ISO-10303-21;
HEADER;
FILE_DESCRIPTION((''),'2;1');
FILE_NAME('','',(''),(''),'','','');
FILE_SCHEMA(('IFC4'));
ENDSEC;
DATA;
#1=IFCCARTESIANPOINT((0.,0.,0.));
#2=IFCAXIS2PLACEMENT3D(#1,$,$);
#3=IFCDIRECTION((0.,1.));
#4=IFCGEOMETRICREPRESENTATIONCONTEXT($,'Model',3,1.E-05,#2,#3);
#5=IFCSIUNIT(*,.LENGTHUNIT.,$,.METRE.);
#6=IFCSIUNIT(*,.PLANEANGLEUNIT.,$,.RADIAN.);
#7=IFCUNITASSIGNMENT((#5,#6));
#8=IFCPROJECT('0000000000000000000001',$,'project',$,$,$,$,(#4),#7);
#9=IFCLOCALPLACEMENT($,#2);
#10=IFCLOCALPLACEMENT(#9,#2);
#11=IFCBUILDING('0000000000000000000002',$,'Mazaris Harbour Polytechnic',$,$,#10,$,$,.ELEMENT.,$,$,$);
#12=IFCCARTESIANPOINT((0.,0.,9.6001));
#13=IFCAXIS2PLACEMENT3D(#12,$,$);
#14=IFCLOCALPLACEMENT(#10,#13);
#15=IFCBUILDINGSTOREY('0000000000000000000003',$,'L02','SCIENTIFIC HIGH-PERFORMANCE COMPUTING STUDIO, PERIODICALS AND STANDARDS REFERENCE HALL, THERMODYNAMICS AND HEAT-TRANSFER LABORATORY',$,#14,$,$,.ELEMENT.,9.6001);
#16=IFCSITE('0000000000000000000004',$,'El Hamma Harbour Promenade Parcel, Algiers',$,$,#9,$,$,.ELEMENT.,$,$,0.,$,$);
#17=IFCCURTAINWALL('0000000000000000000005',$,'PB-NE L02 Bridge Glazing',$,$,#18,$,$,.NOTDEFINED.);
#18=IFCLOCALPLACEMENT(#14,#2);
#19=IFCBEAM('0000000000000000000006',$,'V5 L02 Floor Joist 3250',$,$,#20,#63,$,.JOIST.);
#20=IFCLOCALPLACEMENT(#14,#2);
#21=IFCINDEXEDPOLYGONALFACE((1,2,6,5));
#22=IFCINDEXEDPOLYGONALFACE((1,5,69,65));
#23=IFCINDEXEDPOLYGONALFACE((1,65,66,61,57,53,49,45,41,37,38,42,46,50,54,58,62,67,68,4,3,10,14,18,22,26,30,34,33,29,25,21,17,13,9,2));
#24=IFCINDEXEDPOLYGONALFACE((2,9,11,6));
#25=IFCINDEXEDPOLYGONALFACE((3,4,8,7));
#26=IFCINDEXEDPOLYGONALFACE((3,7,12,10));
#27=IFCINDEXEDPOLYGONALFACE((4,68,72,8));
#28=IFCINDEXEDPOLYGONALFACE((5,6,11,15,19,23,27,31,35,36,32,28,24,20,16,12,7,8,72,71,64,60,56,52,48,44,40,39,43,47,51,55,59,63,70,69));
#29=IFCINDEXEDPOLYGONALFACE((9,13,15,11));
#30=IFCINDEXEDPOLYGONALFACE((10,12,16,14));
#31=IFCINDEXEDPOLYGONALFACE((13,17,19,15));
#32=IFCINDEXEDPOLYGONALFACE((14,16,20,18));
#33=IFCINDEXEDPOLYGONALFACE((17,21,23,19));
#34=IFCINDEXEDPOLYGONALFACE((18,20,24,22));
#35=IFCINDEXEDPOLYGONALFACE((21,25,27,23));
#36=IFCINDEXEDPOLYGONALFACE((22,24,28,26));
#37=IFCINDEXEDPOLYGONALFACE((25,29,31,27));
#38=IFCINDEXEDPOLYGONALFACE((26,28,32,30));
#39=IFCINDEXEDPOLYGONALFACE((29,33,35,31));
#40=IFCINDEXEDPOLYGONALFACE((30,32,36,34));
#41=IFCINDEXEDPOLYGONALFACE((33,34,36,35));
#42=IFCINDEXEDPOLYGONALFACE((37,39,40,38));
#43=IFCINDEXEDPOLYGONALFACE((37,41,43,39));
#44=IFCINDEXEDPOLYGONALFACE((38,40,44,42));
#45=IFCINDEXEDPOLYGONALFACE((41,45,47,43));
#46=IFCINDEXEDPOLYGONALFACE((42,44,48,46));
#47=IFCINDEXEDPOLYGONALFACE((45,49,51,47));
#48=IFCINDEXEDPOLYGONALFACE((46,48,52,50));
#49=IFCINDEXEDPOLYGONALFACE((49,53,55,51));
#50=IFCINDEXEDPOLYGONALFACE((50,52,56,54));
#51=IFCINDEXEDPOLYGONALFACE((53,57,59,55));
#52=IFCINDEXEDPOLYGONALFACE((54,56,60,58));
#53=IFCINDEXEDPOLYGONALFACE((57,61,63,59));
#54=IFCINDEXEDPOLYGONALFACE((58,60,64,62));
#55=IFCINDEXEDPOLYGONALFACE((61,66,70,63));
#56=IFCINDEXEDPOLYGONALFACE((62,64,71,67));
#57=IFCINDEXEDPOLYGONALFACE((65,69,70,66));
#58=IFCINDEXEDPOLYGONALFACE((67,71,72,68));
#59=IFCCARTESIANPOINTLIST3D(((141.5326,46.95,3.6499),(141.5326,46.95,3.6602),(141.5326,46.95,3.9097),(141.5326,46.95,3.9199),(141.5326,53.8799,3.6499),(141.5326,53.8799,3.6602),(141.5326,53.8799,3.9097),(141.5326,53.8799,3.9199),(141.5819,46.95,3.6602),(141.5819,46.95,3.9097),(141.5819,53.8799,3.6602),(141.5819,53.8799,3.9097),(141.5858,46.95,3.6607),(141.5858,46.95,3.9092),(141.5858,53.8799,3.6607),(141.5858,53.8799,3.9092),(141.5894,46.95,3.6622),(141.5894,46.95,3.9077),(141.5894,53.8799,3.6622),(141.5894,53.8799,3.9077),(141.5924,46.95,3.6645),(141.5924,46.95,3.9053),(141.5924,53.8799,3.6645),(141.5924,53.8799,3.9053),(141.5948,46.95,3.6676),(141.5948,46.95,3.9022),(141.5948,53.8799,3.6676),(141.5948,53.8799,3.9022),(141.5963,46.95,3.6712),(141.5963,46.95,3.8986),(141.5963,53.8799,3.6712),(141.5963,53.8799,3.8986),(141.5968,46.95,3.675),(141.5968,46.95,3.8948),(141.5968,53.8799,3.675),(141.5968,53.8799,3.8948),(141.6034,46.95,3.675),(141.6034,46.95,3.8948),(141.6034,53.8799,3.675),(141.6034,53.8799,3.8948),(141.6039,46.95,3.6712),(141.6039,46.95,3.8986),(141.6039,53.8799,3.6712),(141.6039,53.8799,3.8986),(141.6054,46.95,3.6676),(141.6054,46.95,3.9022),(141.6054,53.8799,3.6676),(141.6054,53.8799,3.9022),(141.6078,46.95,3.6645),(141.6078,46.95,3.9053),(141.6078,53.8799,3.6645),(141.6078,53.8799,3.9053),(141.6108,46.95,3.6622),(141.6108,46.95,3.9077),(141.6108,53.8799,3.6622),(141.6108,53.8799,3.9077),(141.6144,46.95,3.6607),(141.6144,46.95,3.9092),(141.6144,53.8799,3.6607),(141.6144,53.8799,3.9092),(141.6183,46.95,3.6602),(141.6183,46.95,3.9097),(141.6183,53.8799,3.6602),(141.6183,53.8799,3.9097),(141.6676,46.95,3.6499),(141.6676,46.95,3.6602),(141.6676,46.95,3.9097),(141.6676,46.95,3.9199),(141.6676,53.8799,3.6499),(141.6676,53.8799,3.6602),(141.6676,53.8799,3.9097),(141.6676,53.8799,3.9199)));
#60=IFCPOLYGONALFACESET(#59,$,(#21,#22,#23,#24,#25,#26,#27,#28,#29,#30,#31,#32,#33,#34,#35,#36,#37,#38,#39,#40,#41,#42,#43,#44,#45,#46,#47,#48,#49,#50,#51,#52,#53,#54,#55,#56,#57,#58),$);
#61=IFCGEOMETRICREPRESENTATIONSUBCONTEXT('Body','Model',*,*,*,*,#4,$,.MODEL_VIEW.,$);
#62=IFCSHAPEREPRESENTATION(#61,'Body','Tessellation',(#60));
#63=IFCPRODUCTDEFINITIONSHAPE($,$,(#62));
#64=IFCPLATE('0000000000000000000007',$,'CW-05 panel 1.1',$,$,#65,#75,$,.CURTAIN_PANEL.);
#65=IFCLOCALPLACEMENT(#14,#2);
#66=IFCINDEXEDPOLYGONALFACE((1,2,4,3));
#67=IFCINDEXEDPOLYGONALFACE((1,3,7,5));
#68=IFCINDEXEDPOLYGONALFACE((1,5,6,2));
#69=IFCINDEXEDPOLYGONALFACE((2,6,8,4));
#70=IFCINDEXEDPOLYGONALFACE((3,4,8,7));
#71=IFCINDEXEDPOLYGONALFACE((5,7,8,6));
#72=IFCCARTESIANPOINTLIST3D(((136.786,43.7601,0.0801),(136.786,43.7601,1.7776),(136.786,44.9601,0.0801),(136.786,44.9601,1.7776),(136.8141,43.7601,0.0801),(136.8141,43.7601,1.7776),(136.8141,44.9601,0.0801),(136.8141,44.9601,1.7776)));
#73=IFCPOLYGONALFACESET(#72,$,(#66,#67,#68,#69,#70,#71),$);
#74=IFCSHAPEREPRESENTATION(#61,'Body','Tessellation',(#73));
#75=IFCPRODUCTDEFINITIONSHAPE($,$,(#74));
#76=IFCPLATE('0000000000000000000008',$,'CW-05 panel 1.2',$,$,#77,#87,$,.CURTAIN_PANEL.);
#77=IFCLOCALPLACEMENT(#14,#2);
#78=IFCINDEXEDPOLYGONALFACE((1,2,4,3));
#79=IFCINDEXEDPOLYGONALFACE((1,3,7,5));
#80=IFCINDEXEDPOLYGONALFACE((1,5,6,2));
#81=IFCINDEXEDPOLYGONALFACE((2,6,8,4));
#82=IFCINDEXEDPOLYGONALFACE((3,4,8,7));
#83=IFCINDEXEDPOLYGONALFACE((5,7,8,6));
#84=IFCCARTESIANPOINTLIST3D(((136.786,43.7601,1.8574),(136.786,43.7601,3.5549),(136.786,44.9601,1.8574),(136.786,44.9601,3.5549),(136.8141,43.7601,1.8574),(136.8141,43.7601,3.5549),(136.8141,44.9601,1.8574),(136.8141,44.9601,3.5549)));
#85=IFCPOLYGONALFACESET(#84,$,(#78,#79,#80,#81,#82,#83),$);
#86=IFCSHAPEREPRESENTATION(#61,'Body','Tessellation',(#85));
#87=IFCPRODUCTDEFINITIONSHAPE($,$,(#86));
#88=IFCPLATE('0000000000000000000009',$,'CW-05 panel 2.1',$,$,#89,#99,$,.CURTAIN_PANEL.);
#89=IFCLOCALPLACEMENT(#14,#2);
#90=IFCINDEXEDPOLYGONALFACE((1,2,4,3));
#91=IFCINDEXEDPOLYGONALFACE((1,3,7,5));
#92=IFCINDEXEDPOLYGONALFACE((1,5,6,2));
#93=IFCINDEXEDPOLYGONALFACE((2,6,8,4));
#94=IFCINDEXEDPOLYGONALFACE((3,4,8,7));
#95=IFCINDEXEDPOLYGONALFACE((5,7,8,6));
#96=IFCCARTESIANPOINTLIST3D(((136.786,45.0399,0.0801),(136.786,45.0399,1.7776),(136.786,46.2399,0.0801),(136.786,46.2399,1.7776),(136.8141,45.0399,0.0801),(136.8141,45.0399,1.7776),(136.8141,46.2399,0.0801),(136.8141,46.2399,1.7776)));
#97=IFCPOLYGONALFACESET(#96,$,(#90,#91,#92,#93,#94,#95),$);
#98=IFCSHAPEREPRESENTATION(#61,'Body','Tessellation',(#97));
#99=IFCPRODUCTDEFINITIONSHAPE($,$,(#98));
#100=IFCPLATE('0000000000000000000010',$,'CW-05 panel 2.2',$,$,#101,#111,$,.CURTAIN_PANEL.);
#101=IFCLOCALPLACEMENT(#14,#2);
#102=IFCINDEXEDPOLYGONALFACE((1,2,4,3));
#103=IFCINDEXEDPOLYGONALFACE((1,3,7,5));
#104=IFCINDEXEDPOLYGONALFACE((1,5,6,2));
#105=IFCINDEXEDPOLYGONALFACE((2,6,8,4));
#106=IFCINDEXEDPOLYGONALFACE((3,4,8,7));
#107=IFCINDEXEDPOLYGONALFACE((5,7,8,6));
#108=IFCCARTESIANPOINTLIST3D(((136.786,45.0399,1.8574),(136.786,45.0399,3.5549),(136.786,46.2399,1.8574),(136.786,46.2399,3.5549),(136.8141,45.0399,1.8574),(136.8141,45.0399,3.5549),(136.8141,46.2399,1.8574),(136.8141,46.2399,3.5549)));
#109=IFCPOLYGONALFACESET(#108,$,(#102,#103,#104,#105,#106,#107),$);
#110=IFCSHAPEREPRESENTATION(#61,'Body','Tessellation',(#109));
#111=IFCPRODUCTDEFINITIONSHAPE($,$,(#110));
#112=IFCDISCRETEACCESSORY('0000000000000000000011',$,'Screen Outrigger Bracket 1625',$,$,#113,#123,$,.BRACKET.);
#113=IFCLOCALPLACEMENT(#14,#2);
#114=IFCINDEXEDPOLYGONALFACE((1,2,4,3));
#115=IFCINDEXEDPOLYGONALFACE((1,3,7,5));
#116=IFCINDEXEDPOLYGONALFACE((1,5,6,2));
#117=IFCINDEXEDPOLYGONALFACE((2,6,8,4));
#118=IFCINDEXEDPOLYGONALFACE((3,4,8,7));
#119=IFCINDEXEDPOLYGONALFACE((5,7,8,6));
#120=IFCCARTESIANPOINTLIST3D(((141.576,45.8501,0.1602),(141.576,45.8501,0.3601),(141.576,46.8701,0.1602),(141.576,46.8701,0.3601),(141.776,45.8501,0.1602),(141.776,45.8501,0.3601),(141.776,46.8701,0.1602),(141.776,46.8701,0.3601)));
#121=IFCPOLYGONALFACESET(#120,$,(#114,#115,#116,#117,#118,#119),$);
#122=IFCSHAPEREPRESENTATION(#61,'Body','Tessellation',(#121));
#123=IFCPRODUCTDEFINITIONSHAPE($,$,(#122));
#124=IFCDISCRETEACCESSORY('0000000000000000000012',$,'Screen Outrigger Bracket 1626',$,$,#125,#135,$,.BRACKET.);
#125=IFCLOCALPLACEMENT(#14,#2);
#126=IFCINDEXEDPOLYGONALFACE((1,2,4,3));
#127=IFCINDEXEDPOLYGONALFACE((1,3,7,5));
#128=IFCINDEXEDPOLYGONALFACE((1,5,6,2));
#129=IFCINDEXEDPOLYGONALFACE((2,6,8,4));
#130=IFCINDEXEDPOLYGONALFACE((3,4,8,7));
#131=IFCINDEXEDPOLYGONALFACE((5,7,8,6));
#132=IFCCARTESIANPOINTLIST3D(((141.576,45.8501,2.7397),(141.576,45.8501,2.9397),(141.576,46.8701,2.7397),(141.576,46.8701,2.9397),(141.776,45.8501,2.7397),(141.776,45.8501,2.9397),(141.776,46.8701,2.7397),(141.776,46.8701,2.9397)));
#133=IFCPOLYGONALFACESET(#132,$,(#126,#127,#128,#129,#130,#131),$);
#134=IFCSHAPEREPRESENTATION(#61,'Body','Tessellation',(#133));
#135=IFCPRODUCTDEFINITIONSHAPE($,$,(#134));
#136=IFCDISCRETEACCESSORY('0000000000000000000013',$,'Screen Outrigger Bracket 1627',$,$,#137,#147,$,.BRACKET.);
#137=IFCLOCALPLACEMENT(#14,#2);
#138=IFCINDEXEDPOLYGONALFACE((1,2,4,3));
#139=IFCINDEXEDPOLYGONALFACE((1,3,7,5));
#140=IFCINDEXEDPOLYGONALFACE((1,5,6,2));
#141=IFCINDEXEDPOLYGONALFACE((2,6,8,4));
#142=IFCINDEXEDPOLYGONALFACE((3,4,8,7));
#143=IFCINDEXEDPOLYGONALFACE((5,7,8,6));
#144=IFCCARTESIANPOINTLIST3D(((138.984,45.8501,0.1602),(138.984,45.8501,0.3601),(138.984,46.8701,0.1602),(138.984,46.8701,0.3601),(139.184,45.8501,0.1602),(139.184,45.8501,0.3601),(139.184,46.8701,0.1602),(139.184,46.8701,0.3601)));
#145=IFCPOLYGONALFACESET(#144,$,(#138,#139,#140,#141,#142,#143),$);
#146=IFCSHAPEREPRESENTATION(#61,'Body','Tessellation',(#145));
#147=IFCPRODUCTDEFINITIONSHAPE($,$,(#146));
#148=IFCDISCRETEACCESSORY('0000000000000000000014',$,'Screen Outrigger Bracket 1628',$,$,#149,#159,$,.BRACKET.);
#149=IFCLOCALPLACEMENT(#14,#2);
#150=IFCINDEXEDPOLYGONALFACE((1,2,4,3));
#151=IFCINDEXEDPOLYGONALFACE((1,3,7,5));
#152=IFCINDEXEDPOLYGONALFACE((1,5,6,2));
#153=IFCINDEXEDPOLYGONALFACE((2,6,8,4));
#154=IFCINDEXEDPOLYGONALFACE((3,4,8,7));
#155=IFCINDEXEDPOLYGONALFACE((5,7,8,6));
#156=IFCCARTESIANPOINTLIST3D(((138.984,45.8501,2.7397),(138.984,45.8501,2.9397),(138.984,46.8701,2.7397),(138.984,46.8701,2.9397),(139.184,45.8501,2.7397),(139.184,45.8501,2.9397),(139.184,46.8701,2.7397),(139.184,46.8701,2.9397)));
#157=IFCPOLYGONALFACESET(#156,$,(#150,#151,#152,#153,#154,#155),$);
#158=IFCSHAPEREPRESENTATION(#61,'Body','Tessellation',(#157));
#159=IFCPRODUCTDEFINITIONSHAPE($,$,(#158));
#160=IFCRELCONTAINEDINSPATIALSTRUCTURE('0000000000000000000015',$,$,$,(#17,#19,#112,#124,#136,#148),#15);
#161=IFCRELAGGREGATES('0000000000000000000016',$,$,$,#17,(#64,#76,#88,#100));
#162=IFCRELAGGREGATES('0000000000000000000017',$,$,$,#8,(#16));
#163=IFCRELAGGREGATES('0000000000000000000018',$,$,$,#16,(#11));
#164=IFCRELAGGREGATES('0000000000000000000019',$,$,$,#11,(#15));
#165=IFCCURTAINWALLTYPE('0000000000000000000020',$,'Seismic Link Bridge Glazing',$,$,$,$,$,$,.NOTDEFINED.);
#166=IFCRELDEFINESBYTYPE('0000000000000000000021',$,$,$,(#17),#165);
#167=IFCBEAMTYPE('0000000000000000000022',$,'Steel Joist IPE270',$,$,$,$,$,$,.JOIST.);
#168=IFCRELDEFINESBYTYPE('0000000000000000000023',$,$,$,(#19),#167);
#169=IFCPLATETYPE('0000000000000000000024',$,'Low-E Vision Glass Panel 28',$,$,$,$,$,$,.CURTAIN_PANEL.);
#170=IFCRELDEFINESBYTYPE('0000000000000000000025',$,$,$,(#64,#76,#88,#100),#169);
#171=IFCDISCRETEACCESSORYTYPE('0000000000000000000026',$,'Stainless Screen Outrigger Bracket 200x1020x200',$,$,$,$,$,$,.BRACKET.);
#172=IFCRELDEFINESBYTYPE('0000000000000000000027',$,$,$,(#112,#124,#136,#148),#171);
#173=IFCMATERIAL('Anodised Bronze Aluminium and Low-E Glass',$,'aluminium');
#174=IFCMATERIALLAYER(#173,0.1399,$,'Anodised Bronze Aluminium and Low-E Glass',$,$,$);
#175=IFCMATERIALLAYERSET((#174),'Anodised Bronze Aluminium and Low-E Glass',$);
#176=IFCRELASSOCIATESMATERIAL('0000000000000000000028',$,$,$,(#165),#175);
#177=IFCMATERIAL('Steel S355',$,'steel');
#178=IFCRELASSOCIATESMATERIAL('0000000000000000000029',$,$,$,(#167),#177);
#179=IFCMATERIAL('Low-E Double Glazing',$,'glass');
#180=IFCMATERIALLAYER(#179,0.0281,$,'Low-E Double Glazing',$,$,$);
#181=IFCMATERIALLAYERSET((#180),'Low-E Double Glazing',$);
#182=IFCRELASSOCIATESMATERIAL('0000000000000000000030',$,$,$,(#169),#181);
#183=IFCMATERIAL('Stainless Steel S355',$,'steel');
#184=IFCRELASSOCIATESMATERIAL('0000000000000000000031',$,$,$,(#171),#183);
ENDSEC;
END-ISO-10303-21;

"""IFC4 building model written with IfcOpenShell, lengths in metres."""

from ifc_helpers import new_model, si_unit, direction, frame, origin, origin_2d, place, context, subcontext, project, spatial, rectangle, i_section, extrude, material, layer, layer_set, material_profile, profile_set, type_object, element, aggregate, save


model = new_model("IFC4")

# Units and contexts
model_context = context("Model", 3, precision=1e-05, world=origin(), true_north=direction((0.0, 1.0)))
body_context = subcontext(model_context, "Body", "Model", "MODEL_VIEW")
ifc_project = project(units=[si_unit("LENGTHUNIT", "METRE"), si_unit("PLANEANGLEUNIT", "RADIAN")], contexts=[model_context])

# Site, building, storey
site_placement = place(None, origin())
site = spatial("IfcSite", under=ifc_project, at=site_placement, Name="El Hamma Harbour Promenade Parcel, Algiers", CompositionType="ELEMENT", RefElevation=0.0)
building_placement = place(site_placement, origin())
building = spatial("IfcBuilding", under=site, at=building_placement, Name="Mazaris Harbour Polytechnic", CompositionType="ELEMENT")
storey_placement = place(building_placement, frame((0.0, 0.0, 9.6001)))
storey = spatial("IfcBuildingStorey", under=building, at=storey_placement, Name="L02", Description="SCIENTIFIC HIGH-PERFORMANCE COMPUTING STUDIO, PERIODICALS AND STANDARDS REFERENCE HALL, THERMODYNAMICS AND HEAT-TRANSFER LABORATORY", CompositionType="ELEMENT", Elevation=9.6001)

# Curtain wall
ifc_material_1 = material(Name="Anodised Bronze Aluminium and Low-E Glass", Category="aluminium")
ifc_layer_1 = layer(ifc_material_1, 0.1399, Name="Anodised Bronze Aluminium and Low-E Glass")
ifc_layer_set_1 = layer_set([ifc_layer_1], Name="Anodised Bronze Aluminium and Low-E Glass")
curtain_wall_type = type_object("IfcCurtainWallType", Name="Seismic Link Bridge Glazing", PredefinedType="NOTDEFINED", material=ifc_layer_set_1)
curtain_wall_placement = place(storey_placement, origin())
curtain_wall = element("IfcCurtainWall", 1, at=curtain_wall_placement, inside=storey, type_object=curtain_wall_type, Name="PB-NE L02 Bridge Glazing", PredefinedType="NOTDEFINED")

# Beam
ifc_material_2 = material(Name="Steel S355", Category="steel")
ifc_material_profile_1 = material_profile(ifc_material_2, i_section(OverallWidth=0.135, OverallDepth=0.27, WebThickness=0.0066, FlangeThickness=0.0103, FilletRadius=0.0149, at=origin_2d()), Name="IPE 270")
ifc_profile_set_1 = profile_set([ifc_material_profile_1], Name="Steel S355")
beam_type_1 = type_object("IfcBeamType", Name="Steel Joist IPE270", PredefinedType="JOIST", material=ifc_profile_set_1)
beam_1_placement = place(storey_placement, frame((141.6001, 46.95, 3.7849), z_axis=(0.0, 1.0, 0.0), x_axis=(-1.0, 0.0, 0.0)))
element("IfcBeam", 2, at=beam_1_placement, inside=storey, type_object=beam_type_1, Name="V5 L02 Floor Joist 3250", PredefinedType="JOIST", context=body_context, shape_type="SweptSolid", body=[
    extrude(i_section(OverallWidth=0.135, OverallDepth=0.27, WebThickness=0.0066, FlangeThickness=0.0103, FilletRadius=0.0149, at=origin_2d()), origin(), (0.0, 0.0, 1.0), 6.9299),
])

# Plates
ifc_material_3 = material(Name="Low-E Double Glazing", Category="glass")
ifc_layer_2 = layer(ifc_material_3, 0.0281, Name="Low-E Double Glazing")
ifc_layer_set_2 = layer_set([ifc_layer_2], Name="Low-E Double Glazing")
plate_type = type_object("IfcPlateType", Name="Low-E Vision Glass Panel 28", PredefinedType="CURTAIN_PANEL", material=ifc_layer_set_2)
plate_1_placement = place(storey_placement, frame((136.8, 44.3601, 0.0801), z_axis=(0.0, 0.0, 1.0), x_axis=(0.0, 1.0, 0.0)))
plate_1 = element("IfcPlate", 3, at=plate_1_placement, type_object=plate_type, Name="CW-05 panel 1.1", PredefinedType="CURTAIN_PANEL", context=body_context, shape_type="SweptSolid", body=[
    extrude(rectangle(XDim=1.2, YDim=0.0281, at=origin_2d()), origin(), (0.0, 0.0, 1.0), 1.6975),
])
plate_2_placement = place(storey_placement, frame((136.8, 44.3601, 1.8574), z_axis=(0.0, 0.0, 1.0), x_axis=(0.0, 1.0, 0.0)))
plate_2 = element("IfcPlate", 4, at=plate_2_placement, type_object=plate_type, Name="CW-05 panel 1.2", PredefinedType="CURTAIN_PANEL", context=body_context, shape_type="SweptSolid", body=[
    extrude(rectangle(XDim=1.2, YDim=0.0281, at=origin_2d()), origin(), (0.0, 0.0, 1.0), 1.6975),
])
plate_3_placement = place(storey_placement, frame((136.8, 45.6399, 0.0801), z_axis=(0.0, 0.0, 1.0), x_axis=(0.0, 1.0, 0.0)))
plate_3 = element("IfcPlate", 5, at=plate_3_placement, type_object=plate_type, Name="CW-05 panel 2.1", PredefinedType="CURTAIN_PANEL", context=body_context, shape_type="SweptSolid", body=[
    extrude(rectangle(XDim=1.2, YDim=0.0281, at=origin_2d()), origin(), (0.0, 0.0, 1.0), 1.6975),
])
plate_4_placement = place(storey_placement, frame((136.8, 45.6399, 1.8574), z_axis=(0.0, 0.0, 1.0), x_axis=(0.0, 1.0, 0.0)))
plate_4 = element("IfcPlate", 6, at=plate_4_placement, type_object=plate_type, Name="CW-05 panel 2.2", PredefinedType="CURTAIN_PANEL", context=body_context, shape_type="SweptSolid", body=[
    extrude(rectangle(XDim=1.2, YDim=0.0281, at=origin_2d()), origin(), (0.0, 0.0, 1.0), 1.6975),
])
aggregate(curtain_wall, [plate_1, plate_2, plate_3, plate_4])

# Discrete accessories
ifc_material_4 = material(Name="Stainless Steel S355", Category="steel")
discrete_accessory_type = type_object("IfcDiscreteAccessoryType", Name="Stainless Screen Outrigger Bracket 200x1020x200", PredefinedType="BRACKET", material=ifc_material_4)
for number, where, z_axis, x_axis, name in (
    (7, (141.676, 46.3601, 0.1602), (0.0, 0.0, 1.0), (-1.0, 0.0, 0.0), "Screen Outrigger Bracket 1625"),
    (8, (141.676, 46.3601, 2.7397), (0.0, 0.0, 1.0), (-1.0, 0.0, 0.0), "Screen Outrigger Bracket 1626"),
    (9, (139.084, 46.3601, 0.1602), (0.0, 0.0, 1.0), (-1.0, 0.0, 0.0), "Screen Outrigger Bracket 1627"),
    (10, (139.084, 46.3601, 2.7397), (0.0, 0.0, 1.0), (-1.0, 0.0, 0.0), "Screen Outrigger Bracket 1628"),
):
    element("IfcDiscreteAccessory", number, at=place(storey_placement, frame(where, z_axis=z_axis, x_axis=x_axis)), inside=storey, type_object=discrete_accessory_type, Name=name, PredefinedType="BRACKET", context=body_context, shape_type="SweptSolid", body=[
        extrude(rectangle(XDim=0.2, YDim=1.02, at=origin_2d()), origin(), (0.0, 0.0, 1.0), 0.2),
    ])

save(model, "model.ifc")
